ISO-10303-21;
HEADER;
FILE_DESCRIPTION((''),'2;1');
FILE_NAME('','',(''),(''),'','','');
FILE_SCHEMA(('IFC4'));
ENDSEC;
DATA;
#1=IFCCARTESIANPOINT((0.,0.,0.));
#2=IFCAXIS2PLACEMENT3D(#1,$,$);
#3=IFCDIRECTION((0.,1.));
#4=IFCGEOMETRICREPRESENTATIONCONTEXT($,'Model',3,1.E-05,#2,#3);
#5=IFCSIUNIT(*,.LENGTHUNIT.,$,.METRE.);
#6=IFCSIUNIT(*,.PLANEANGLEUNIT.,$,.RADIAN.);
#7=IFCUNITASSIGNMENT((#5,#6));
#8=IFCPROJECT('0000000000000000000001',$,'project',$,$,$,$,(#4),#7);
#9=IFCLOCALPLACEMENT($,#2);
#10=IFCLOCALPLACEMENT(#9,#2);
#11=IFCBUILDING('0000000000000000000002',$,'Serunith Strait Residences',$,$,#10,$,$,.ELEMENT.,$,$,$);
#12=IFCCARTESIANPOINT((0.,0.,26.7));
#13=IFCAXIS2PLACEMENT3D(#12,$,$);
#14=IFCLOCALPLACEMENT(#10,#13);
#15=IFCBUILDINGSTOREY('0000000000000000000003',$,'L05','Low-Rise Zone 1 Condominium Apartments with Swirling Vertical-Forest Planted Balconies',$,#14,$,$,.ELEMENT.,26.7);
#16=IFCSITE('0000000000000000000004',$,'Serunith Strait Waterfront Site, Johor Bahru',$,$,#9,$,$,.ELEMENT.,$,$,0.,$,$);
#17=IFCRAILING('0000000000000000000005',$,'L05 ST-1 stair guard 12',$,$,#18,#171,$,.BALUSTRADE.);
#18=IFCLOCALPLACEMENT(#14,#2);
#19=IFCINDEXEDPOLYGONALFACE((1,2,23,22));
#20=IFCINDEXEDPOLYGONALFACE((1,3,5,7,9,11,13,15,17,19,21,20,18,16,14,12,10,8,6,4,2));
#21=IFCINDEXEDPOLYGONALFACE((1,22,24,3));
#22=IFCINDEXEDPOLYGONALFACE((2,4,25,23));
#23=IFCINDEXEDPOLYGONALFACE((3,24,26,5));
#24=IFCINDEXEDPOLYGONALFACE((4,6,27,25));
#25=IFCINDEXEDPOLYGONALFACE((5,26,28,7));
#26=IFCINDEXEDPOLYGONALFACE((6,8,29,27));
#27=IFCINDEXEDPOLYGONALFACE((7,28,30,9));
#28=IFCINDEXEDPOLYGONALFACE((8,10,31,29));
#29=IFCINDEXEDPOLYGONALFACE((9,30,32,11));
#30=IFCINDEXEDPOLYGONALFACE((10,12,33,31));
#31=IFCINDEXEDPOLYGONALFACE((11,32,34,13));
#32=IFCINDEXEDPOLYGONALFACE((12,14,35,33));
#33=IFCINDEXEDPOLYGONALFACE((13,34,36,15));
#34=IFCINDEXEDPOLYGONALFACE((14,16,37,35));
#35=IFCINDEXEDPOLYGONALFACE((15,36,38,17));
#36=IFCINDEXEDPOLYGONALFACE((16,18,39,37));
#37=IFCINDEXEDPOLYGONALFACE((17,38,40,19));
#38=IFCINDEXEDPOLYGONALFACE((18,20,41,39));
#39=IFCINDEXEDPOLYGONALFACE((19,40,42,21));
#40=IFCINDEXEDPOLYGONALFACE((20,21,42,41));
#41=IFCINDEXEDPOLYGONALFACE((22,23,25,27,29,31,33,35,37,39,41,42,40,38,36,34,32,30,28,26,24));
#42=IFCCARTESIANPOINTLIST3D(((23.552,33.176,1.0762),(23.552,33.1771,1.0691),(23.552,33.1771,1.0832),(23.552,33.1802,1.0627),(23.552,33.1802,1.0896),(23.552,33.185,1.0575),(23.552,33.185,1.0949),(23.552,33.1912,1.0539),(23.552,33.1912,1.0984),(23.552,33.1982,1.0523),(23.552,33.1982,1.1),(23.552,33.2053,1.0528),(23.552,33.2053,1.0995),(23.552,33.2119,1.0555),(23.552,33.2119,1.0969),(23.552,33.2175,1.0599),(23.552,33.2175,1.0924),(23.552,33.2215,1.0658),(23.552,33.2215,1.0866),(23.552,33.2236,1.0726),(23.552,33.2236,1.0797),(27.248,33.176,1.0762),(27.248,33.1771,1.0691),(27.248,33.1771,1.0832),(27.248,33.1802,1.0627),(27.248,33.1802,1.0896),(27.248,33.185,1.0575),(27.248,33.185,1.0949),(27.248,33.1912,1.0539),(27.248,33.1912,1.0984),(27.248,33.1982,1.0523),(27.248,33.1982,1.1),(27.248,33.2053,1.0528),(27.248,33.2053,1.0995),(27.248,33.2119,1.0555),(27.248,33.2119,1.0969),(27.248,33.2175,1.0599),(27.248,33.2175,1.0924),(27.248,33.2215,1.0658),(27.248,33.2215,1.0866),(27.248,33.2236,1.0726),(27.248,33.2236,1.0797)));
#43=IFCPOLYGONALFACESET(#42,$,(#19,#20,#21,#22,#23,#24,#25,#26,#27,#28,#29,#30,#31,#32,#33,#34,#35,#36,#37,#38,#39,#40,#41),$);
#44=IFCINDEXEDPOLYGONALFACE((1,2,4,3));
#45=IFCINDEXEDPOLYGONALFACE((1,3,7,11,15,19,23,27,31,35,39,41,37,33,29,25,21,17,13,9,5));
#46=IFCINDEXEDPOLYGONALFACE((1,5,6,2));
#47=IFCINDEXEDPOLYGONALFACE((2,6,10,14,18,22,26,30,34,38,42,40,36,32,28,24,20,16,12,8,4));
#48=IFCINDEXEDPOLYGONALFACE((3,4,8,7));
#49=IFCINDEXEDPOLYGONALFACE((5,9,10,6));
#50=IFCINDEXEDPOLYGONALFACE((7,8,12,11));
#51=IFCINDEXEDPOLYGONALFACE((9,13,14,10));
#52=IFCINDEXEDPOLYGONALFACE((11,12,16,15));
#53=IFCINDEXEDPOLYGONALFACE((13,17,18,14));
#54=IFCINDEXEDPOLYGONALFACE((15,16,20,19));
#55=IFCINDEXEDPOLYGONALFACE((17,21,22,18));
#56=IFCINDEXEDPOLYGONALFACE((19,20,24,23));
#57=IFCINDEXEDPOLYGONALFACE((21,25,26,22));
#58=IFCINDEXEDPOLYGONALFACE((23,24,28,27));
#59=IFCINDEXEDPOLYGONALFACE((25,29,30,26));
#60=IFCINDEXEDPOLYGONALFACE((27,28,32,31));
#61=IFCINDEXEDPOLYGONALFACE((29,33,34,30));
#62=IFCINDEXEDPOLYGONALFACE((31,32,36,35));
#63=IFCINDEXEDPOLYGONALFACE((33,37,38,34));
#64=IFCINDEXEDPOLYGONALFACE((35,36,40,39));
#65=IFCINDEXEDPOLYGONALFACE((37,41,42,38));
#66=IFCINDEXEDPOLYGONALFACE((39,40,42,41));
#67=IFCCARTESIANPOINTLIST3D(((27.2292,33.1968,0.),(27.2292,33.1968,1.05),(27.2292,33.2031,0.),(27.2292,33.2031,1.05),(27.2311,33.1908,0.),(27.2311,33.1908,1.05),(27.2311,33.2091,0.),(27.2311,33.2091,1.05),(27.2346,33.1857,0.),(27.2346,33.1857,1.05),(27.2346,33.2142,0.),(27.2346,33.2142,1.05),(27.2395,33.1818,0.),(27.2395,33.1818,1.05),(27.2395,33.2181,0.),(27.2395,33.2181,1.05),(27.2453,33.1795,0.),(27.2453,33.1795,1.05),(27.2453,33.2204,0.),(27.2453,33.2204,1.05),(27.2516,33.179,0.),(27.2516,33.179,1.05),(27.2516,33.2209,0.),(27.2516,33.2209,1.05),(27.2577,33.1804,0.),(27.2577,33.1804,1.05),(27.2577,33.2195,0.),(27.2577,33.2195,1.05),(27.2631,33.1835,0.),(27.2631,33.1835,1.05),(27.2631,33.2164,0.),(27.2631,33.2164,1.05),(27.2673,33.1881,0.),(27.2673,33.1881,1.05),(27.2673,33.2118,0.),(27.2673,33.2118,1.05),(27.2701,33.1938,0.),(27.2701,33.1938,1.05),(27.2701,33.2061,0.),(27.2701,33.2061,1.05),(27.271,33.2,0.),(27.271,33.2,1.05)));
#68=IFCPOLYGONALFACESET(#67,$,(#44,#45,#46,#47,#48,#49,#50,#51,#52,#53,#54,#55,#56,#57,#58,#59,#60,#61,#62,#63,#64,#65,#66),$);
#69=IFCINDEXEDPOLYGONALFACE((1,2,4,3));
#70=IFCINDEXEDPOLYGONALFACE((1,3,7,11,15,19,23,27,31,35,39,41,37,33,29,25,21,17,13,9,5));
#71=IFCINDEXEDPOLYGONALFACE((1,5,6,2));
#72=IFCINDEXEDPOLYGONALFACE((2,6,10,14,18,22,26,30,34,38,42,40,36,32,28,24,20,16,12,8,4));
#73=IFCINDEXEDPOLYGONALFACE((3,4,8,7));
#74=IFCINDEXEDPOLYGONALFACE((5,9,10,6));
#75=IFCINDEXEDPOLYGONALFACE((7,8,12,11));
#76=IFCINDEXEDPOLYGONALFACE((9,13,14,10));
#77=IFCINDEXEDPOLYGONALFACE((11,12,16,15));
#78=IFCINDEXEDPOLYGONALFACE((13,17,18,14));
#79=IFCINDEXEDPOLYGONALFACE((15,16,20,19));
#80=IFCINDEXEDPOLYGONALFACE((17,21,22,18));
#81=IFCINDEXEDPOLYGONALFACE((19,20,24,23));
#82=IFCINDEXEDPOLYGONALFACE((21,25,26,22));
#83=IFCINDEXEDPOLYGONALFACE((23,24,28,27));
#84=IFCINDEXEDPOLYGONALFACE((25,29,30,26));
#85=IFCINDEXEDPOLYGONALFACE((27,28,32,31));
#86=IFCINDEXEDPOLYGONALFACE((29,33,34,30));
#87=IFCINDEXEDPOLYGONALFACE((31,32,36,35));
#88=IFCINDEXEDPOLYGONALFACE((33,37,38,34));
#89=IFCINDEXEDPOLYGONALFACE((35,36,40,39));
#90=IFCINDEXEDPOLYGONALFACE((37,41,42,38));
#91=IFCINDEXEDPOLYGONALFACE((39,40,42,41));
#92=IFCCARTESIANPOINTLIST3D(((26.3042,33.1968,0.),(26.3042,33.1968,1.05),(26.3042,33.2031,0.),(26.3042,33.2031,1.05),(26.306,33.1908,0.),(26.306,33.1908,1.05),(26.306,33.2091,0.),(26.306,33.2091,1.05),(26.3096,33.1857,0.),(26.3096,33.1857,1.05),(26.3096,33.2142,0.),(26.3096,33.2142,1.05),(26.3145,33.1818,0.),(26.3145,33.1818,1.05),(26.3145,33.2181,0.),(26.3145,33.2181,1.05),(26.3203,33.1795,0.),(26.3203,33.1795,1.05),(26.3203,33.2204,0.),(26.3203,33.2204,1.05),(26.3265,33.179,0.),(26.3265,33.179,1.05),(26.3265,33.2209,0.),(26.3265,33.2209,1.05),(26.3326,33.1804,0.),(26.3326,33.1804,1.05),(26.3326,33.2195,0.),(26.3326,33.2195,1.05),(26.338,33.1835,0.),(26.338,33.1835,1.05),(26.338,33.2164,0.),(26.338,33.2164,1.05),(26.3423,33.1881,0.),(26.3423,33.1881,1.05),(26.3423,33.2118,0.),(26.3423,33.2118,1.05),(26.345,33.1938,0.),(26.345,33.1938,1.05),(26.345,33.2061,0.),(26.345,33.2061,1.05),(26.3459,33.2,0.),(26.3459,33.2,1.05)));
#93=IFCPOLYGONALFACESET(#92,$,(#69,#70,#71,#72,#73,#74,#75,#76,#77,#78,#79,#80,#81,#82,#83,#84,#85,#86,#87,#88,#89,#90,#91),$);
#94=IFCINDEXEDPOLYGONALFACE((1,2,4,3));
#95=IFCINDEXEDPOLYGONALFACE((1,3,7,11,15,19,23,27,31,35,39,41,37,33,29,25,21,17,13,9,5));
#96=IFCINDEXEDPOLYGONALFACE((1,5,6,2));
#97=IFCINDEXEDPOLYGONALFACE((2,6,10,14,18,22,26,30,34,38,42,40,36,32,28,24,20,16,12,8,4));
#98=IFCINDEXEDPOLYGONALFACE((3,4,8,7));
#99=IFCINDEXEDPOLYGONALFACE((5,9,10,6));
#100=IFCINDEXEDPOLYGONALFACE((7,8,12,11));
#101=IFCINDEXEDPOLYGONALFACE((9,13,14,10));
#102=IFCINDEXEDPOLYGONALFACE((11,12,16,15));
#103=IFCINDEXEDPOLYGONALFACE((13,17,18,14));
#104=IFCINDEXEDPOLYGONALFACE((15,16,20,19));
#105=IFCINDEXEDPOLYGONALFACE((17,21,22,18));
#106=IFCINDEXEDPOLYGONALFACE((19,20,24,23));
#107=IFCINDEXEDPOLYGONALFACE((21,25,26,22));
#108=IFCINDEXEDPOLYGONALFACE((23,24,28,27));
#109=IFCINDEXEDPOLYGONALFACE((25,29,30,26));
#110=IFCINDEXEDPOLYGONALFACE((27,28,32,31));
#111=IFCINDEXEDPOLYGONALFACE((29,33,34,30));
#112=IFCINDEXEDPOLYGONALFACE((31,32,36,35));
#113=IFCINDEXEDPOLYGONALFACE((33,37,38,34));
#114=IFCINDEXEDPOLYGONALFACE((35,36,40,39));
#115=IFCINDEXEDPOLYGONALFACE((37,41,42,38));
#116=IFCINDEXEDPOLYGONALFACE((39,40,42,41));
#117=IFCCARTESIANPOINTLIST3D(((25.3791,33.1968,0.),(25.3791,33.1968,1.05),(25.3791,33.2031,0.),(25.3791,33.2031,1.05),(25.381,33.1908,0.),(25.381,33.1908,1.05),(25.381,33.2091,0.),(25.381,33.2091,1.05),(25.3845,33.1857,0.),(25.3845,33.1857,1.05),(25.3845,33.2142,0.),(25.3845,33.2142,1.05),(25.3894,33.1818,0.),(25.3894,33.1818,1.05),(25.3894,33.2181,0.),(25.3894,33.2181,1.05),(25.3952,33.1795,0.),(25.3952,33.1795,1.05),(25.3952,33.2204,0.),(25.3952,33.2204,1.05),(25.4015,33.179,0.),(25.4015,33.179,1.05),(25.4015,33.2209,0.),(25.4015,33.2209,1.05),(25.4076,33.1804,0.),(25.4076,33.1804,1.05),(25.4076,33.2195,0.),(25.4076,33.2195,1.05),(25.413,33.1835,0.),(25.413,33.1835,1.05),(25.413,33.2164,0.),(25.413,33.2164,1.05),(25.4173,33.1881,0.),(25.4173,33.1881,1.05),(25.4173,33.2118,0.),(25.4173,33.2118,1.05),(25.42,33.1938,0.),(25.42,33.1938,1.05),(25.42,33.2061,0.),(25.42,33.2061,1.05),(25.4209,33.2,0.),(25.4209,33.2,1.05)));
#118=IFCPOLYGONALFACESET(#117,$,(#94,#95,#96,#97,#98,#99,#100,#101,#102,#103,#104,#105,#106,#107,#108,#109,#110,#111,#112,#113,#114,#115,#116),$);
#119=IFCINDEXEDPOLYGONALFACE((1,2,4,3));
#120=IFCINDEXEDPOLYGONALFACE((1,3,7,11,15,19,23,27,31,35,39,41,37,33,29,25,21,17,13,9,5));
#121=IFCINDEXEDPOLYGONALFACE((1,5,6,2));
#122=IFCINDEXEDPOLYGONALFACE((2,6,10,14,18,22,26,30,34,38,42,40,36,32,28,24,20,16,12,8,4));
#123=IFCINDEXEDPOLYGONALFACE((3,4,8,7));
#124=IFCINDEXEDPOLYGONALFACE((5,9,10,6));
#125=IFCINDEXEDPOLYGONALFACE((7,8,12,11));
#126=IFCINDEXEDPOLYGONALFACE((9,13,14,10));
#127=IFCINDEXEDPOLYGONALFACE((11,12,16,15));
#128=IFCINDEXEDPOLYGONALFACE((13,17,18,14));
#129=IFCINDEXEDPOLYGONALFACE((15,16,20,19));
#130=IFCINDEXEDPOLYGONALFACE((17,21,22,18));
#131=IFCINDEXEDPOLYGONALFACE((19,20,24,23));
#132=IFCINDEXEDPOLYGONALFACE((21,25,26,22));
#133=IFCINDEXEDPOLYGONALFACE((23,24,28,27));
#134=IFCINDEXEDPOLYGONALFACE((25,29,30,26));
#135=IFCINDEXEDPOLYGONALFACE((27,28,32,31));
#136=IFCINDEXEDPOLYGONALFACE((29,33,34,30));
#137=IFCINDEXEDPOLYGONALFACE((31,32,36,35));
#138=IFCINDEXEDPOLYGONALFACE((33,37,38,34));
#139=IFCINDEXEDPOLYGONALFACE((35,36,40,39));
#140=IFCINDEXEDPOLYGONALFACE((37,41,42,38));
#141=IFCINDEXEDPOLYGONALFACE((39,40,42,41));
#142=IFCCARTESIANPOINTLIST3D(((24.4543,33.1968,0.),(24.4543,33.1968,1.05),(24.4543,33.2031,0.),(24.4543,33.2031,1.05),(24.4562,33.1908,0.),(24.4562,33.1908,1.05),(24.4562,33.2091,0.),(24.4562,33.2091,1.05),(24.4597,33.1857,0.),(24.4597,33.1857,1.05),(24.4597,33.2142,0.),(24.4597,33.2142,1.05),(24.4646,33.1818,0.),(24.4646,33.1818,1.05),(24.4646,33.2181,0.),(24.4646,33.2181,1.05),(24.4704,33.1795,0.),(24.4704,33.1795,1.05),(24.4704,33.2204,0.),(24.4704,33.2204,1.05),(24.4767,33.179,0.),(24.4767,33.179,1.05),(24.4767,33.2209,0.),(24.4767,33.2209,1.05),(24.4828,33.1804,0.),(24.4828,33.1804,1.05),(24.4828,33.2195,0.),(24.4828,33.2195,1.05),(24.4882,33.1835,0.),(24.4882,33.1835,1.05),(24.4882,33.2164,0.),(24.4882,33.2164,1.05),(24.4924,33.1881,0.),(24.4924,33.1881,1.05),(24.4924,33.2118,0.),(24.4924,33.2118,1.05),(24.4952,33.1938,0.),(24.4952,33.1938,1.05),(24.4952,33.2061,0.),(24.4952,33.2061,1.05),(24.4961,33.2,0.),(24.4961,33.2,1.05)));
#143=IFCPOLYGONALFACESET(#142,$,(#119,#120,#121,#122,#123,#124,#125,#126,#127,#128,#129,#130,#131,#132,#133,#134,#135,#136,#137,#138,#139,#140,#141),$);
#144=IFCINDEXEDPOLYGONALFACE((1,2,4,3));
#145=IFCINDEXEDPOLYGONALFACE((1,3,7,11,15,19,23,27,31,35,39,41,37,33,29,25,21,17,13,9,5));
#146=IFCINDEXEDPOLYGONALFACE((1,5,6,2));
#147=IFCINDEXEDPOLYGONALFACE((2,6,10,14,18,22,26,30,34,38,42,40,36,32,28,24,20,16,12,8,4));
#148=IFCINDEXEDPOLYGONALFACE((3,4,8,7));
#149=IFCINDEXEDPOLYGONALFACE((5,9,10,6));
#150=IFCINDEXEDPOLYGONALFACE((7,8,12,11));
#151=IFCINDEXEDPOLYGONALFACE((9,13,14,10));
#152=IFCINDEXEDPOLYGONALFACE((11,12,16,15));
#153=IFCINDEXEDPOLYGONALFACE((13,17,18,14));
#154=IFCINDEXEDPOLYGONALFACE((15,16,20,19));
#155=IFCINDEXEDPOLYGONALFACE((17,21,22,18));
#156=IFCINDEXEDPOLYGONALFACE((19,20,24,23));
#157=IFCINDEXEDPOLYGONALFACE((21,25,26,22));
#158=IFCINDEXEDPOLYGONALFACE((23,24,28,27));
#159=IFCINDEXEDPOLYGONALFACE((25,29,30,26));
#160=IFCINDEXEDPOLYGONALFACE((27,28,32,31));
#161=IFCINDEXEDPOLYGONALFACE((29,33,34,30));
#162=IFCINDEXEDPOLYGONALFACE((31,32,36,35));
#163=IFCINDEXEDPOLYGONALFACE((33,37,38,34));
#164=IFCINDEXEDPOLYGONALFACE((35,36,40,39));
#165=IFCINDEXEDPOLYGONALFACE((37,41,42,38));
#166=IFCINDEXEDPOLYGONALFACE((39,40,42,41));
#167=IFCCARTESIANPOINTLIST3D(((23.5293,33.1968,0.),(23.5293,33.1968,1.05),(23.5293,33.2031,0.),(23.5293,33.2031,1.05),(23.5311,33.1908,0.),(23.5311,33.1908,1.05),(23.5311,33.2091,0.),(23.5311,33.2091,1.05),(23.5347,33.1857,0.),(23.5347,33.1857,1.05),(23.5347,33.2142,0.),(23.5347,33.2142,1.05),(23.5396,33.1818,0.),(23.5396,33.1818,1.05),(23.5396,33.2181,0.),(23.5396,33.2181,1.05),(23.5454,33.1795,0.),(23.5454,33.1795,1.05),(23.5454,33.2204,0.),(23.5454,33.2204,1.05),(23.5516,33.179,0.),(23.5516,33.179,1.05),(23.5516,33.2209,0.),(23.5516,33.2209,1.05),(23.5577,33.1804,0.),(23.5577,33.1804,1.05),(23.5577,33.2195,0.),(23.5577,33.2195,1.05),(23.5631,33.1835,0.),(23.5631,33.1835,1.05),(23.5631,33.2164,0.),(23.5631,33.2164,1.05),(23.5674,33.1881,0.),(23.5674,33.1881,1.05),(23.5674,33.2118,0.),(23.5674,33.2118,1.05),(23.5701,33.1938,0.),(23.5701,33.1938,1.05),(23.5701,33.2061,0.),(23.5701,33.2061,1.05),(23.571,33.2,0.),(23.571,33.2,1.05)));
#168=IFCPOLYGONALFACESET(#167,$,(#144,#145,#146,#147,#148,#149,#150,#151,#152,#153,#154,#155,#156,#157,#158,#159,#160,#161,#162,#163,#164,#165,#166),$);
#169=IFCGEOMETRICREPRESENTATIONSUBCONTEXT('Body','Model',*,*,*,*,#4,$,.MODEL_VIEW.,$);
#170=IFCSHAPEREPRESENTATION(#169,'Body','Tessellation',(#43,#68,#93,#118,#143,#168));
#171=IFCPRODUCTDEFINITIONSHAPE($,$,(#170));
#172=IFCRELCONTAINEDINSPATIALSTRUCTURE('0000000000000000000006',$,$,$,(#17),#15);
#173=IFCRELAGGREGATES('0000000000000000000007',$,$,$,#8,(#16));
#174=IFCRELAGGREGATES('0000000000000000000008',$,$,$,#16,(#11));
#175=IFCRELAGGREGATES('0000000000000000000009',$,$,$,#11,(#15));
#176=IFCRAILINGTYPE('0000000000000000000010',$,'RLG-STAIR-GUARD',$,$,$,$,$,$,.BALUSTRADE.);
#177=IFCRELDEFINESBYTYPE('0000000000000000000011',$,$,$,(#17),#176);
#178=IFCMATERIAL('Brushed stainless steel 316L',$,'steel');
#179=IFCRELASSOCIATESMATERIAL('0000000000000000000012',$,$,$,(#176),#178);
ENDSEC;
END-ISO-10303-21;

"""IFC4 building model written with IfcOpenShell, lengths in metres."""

from ifc_helpers import new_model, si_unit, direction, frame, origin, origin_2d, place, context, subcontext, project, spatial, circle, extrude, material, type_object, element, save


model = new_model("IFC4")

# Units and contexts
model_context = context("Model", 3, precision=1e-05, world=origin(), true_north=direction((0.0, 1.0)))
body_context = subcontext(model_context, "Body", "Model", "MODEL_VIEW")
ifc_project = project(units=[si_unit("LENGTHUNIT", "METRE"), si_unit("PLANEANGLEUNIT", "RADIAN")], contexts=[model_context])

# Site, building, storey
site_placement = place(None, origin())
site = spatial("IfcSite", under=ifc_project, at=site_placement, Name="Serunith Strait Waterfront Site, Johor Bahru", CompositionType="ELEMENT", RefElevation=0.0)
building_placement = place(site_placement, origin())
building = spatial("IfcBuilding", under=site, at=building_placement, Name="Serunith Strait Residences", CompositionType="ELEMENT")
storey_placement = place(building_placement, frame((0.0, 0.0, 26.7)))
storey = spatial("IfcBuildingStorey", under=building, at=storey_placement, Name="L05", Description="Low-Rise Zone 1 Condominium Apartments with Swirling Vertical-Forest Planted Balconies", CompositionType="ELEMENT", Elevation=26.7)

# Railing
ifc_material_1 = material(Name="Brushed stainless steel 316L", Category="steel")
railing_type_1 = type_object("IfcRailingType", Name="RLG-STAIR-GUARD", PredefinedType="BALUSTRADE", material=ifc_material_1)
railing_1_placement = place(storey_placement, frame((27.25, 33.2, 0.0)))
element("IfcRailing", 1, at=railing_1_placement, inside=storey, type_object=railing_type_1, Name="L05 ST-1 stair guard 12", PredefinedType="BALUSTRADE", context=body_context, shape_type="SweptSolid", body=[
    extrude(circle(Radius=0.0239, at=origin_2d()), frame((-0.002, 0.0, 1.0762), z_axis=(-1.0, 0.0, 0.0), x_axis=(0.0, -1.0, 0.0)), (0.0, 0.0, 1.0), 3.696),
    extrude(circle(Radius=0.021, at=origin_2d()), origin(), (0.0, 0.0, 1.0), 1.05),
    extrude(circle(Radius=0.021, at=origin_2d()), frame((-0.925, 0.0, 0.0)), (0.0, 0.0, 1.0), 1.05),
    extrude(circle(Radius=0.021, at=origin_2d()), frame((-1.8501, 0.0, 0.0)), (0.0, 0.0, 1.0), 1.05),
    extrude(circle(Radius=0.021, at=origin_2d()), frame((-2.7749, 0.0, 0.0)), (0.0, 0.0, 1.0), 1.05),
    extrude(circle(Radius=0.021, at=origin_2d()), frame((-3.7, 0.0, 0.0)), (0.0, 0.0, 1.0), 1.05),
])

save(model, "model.ifc")
